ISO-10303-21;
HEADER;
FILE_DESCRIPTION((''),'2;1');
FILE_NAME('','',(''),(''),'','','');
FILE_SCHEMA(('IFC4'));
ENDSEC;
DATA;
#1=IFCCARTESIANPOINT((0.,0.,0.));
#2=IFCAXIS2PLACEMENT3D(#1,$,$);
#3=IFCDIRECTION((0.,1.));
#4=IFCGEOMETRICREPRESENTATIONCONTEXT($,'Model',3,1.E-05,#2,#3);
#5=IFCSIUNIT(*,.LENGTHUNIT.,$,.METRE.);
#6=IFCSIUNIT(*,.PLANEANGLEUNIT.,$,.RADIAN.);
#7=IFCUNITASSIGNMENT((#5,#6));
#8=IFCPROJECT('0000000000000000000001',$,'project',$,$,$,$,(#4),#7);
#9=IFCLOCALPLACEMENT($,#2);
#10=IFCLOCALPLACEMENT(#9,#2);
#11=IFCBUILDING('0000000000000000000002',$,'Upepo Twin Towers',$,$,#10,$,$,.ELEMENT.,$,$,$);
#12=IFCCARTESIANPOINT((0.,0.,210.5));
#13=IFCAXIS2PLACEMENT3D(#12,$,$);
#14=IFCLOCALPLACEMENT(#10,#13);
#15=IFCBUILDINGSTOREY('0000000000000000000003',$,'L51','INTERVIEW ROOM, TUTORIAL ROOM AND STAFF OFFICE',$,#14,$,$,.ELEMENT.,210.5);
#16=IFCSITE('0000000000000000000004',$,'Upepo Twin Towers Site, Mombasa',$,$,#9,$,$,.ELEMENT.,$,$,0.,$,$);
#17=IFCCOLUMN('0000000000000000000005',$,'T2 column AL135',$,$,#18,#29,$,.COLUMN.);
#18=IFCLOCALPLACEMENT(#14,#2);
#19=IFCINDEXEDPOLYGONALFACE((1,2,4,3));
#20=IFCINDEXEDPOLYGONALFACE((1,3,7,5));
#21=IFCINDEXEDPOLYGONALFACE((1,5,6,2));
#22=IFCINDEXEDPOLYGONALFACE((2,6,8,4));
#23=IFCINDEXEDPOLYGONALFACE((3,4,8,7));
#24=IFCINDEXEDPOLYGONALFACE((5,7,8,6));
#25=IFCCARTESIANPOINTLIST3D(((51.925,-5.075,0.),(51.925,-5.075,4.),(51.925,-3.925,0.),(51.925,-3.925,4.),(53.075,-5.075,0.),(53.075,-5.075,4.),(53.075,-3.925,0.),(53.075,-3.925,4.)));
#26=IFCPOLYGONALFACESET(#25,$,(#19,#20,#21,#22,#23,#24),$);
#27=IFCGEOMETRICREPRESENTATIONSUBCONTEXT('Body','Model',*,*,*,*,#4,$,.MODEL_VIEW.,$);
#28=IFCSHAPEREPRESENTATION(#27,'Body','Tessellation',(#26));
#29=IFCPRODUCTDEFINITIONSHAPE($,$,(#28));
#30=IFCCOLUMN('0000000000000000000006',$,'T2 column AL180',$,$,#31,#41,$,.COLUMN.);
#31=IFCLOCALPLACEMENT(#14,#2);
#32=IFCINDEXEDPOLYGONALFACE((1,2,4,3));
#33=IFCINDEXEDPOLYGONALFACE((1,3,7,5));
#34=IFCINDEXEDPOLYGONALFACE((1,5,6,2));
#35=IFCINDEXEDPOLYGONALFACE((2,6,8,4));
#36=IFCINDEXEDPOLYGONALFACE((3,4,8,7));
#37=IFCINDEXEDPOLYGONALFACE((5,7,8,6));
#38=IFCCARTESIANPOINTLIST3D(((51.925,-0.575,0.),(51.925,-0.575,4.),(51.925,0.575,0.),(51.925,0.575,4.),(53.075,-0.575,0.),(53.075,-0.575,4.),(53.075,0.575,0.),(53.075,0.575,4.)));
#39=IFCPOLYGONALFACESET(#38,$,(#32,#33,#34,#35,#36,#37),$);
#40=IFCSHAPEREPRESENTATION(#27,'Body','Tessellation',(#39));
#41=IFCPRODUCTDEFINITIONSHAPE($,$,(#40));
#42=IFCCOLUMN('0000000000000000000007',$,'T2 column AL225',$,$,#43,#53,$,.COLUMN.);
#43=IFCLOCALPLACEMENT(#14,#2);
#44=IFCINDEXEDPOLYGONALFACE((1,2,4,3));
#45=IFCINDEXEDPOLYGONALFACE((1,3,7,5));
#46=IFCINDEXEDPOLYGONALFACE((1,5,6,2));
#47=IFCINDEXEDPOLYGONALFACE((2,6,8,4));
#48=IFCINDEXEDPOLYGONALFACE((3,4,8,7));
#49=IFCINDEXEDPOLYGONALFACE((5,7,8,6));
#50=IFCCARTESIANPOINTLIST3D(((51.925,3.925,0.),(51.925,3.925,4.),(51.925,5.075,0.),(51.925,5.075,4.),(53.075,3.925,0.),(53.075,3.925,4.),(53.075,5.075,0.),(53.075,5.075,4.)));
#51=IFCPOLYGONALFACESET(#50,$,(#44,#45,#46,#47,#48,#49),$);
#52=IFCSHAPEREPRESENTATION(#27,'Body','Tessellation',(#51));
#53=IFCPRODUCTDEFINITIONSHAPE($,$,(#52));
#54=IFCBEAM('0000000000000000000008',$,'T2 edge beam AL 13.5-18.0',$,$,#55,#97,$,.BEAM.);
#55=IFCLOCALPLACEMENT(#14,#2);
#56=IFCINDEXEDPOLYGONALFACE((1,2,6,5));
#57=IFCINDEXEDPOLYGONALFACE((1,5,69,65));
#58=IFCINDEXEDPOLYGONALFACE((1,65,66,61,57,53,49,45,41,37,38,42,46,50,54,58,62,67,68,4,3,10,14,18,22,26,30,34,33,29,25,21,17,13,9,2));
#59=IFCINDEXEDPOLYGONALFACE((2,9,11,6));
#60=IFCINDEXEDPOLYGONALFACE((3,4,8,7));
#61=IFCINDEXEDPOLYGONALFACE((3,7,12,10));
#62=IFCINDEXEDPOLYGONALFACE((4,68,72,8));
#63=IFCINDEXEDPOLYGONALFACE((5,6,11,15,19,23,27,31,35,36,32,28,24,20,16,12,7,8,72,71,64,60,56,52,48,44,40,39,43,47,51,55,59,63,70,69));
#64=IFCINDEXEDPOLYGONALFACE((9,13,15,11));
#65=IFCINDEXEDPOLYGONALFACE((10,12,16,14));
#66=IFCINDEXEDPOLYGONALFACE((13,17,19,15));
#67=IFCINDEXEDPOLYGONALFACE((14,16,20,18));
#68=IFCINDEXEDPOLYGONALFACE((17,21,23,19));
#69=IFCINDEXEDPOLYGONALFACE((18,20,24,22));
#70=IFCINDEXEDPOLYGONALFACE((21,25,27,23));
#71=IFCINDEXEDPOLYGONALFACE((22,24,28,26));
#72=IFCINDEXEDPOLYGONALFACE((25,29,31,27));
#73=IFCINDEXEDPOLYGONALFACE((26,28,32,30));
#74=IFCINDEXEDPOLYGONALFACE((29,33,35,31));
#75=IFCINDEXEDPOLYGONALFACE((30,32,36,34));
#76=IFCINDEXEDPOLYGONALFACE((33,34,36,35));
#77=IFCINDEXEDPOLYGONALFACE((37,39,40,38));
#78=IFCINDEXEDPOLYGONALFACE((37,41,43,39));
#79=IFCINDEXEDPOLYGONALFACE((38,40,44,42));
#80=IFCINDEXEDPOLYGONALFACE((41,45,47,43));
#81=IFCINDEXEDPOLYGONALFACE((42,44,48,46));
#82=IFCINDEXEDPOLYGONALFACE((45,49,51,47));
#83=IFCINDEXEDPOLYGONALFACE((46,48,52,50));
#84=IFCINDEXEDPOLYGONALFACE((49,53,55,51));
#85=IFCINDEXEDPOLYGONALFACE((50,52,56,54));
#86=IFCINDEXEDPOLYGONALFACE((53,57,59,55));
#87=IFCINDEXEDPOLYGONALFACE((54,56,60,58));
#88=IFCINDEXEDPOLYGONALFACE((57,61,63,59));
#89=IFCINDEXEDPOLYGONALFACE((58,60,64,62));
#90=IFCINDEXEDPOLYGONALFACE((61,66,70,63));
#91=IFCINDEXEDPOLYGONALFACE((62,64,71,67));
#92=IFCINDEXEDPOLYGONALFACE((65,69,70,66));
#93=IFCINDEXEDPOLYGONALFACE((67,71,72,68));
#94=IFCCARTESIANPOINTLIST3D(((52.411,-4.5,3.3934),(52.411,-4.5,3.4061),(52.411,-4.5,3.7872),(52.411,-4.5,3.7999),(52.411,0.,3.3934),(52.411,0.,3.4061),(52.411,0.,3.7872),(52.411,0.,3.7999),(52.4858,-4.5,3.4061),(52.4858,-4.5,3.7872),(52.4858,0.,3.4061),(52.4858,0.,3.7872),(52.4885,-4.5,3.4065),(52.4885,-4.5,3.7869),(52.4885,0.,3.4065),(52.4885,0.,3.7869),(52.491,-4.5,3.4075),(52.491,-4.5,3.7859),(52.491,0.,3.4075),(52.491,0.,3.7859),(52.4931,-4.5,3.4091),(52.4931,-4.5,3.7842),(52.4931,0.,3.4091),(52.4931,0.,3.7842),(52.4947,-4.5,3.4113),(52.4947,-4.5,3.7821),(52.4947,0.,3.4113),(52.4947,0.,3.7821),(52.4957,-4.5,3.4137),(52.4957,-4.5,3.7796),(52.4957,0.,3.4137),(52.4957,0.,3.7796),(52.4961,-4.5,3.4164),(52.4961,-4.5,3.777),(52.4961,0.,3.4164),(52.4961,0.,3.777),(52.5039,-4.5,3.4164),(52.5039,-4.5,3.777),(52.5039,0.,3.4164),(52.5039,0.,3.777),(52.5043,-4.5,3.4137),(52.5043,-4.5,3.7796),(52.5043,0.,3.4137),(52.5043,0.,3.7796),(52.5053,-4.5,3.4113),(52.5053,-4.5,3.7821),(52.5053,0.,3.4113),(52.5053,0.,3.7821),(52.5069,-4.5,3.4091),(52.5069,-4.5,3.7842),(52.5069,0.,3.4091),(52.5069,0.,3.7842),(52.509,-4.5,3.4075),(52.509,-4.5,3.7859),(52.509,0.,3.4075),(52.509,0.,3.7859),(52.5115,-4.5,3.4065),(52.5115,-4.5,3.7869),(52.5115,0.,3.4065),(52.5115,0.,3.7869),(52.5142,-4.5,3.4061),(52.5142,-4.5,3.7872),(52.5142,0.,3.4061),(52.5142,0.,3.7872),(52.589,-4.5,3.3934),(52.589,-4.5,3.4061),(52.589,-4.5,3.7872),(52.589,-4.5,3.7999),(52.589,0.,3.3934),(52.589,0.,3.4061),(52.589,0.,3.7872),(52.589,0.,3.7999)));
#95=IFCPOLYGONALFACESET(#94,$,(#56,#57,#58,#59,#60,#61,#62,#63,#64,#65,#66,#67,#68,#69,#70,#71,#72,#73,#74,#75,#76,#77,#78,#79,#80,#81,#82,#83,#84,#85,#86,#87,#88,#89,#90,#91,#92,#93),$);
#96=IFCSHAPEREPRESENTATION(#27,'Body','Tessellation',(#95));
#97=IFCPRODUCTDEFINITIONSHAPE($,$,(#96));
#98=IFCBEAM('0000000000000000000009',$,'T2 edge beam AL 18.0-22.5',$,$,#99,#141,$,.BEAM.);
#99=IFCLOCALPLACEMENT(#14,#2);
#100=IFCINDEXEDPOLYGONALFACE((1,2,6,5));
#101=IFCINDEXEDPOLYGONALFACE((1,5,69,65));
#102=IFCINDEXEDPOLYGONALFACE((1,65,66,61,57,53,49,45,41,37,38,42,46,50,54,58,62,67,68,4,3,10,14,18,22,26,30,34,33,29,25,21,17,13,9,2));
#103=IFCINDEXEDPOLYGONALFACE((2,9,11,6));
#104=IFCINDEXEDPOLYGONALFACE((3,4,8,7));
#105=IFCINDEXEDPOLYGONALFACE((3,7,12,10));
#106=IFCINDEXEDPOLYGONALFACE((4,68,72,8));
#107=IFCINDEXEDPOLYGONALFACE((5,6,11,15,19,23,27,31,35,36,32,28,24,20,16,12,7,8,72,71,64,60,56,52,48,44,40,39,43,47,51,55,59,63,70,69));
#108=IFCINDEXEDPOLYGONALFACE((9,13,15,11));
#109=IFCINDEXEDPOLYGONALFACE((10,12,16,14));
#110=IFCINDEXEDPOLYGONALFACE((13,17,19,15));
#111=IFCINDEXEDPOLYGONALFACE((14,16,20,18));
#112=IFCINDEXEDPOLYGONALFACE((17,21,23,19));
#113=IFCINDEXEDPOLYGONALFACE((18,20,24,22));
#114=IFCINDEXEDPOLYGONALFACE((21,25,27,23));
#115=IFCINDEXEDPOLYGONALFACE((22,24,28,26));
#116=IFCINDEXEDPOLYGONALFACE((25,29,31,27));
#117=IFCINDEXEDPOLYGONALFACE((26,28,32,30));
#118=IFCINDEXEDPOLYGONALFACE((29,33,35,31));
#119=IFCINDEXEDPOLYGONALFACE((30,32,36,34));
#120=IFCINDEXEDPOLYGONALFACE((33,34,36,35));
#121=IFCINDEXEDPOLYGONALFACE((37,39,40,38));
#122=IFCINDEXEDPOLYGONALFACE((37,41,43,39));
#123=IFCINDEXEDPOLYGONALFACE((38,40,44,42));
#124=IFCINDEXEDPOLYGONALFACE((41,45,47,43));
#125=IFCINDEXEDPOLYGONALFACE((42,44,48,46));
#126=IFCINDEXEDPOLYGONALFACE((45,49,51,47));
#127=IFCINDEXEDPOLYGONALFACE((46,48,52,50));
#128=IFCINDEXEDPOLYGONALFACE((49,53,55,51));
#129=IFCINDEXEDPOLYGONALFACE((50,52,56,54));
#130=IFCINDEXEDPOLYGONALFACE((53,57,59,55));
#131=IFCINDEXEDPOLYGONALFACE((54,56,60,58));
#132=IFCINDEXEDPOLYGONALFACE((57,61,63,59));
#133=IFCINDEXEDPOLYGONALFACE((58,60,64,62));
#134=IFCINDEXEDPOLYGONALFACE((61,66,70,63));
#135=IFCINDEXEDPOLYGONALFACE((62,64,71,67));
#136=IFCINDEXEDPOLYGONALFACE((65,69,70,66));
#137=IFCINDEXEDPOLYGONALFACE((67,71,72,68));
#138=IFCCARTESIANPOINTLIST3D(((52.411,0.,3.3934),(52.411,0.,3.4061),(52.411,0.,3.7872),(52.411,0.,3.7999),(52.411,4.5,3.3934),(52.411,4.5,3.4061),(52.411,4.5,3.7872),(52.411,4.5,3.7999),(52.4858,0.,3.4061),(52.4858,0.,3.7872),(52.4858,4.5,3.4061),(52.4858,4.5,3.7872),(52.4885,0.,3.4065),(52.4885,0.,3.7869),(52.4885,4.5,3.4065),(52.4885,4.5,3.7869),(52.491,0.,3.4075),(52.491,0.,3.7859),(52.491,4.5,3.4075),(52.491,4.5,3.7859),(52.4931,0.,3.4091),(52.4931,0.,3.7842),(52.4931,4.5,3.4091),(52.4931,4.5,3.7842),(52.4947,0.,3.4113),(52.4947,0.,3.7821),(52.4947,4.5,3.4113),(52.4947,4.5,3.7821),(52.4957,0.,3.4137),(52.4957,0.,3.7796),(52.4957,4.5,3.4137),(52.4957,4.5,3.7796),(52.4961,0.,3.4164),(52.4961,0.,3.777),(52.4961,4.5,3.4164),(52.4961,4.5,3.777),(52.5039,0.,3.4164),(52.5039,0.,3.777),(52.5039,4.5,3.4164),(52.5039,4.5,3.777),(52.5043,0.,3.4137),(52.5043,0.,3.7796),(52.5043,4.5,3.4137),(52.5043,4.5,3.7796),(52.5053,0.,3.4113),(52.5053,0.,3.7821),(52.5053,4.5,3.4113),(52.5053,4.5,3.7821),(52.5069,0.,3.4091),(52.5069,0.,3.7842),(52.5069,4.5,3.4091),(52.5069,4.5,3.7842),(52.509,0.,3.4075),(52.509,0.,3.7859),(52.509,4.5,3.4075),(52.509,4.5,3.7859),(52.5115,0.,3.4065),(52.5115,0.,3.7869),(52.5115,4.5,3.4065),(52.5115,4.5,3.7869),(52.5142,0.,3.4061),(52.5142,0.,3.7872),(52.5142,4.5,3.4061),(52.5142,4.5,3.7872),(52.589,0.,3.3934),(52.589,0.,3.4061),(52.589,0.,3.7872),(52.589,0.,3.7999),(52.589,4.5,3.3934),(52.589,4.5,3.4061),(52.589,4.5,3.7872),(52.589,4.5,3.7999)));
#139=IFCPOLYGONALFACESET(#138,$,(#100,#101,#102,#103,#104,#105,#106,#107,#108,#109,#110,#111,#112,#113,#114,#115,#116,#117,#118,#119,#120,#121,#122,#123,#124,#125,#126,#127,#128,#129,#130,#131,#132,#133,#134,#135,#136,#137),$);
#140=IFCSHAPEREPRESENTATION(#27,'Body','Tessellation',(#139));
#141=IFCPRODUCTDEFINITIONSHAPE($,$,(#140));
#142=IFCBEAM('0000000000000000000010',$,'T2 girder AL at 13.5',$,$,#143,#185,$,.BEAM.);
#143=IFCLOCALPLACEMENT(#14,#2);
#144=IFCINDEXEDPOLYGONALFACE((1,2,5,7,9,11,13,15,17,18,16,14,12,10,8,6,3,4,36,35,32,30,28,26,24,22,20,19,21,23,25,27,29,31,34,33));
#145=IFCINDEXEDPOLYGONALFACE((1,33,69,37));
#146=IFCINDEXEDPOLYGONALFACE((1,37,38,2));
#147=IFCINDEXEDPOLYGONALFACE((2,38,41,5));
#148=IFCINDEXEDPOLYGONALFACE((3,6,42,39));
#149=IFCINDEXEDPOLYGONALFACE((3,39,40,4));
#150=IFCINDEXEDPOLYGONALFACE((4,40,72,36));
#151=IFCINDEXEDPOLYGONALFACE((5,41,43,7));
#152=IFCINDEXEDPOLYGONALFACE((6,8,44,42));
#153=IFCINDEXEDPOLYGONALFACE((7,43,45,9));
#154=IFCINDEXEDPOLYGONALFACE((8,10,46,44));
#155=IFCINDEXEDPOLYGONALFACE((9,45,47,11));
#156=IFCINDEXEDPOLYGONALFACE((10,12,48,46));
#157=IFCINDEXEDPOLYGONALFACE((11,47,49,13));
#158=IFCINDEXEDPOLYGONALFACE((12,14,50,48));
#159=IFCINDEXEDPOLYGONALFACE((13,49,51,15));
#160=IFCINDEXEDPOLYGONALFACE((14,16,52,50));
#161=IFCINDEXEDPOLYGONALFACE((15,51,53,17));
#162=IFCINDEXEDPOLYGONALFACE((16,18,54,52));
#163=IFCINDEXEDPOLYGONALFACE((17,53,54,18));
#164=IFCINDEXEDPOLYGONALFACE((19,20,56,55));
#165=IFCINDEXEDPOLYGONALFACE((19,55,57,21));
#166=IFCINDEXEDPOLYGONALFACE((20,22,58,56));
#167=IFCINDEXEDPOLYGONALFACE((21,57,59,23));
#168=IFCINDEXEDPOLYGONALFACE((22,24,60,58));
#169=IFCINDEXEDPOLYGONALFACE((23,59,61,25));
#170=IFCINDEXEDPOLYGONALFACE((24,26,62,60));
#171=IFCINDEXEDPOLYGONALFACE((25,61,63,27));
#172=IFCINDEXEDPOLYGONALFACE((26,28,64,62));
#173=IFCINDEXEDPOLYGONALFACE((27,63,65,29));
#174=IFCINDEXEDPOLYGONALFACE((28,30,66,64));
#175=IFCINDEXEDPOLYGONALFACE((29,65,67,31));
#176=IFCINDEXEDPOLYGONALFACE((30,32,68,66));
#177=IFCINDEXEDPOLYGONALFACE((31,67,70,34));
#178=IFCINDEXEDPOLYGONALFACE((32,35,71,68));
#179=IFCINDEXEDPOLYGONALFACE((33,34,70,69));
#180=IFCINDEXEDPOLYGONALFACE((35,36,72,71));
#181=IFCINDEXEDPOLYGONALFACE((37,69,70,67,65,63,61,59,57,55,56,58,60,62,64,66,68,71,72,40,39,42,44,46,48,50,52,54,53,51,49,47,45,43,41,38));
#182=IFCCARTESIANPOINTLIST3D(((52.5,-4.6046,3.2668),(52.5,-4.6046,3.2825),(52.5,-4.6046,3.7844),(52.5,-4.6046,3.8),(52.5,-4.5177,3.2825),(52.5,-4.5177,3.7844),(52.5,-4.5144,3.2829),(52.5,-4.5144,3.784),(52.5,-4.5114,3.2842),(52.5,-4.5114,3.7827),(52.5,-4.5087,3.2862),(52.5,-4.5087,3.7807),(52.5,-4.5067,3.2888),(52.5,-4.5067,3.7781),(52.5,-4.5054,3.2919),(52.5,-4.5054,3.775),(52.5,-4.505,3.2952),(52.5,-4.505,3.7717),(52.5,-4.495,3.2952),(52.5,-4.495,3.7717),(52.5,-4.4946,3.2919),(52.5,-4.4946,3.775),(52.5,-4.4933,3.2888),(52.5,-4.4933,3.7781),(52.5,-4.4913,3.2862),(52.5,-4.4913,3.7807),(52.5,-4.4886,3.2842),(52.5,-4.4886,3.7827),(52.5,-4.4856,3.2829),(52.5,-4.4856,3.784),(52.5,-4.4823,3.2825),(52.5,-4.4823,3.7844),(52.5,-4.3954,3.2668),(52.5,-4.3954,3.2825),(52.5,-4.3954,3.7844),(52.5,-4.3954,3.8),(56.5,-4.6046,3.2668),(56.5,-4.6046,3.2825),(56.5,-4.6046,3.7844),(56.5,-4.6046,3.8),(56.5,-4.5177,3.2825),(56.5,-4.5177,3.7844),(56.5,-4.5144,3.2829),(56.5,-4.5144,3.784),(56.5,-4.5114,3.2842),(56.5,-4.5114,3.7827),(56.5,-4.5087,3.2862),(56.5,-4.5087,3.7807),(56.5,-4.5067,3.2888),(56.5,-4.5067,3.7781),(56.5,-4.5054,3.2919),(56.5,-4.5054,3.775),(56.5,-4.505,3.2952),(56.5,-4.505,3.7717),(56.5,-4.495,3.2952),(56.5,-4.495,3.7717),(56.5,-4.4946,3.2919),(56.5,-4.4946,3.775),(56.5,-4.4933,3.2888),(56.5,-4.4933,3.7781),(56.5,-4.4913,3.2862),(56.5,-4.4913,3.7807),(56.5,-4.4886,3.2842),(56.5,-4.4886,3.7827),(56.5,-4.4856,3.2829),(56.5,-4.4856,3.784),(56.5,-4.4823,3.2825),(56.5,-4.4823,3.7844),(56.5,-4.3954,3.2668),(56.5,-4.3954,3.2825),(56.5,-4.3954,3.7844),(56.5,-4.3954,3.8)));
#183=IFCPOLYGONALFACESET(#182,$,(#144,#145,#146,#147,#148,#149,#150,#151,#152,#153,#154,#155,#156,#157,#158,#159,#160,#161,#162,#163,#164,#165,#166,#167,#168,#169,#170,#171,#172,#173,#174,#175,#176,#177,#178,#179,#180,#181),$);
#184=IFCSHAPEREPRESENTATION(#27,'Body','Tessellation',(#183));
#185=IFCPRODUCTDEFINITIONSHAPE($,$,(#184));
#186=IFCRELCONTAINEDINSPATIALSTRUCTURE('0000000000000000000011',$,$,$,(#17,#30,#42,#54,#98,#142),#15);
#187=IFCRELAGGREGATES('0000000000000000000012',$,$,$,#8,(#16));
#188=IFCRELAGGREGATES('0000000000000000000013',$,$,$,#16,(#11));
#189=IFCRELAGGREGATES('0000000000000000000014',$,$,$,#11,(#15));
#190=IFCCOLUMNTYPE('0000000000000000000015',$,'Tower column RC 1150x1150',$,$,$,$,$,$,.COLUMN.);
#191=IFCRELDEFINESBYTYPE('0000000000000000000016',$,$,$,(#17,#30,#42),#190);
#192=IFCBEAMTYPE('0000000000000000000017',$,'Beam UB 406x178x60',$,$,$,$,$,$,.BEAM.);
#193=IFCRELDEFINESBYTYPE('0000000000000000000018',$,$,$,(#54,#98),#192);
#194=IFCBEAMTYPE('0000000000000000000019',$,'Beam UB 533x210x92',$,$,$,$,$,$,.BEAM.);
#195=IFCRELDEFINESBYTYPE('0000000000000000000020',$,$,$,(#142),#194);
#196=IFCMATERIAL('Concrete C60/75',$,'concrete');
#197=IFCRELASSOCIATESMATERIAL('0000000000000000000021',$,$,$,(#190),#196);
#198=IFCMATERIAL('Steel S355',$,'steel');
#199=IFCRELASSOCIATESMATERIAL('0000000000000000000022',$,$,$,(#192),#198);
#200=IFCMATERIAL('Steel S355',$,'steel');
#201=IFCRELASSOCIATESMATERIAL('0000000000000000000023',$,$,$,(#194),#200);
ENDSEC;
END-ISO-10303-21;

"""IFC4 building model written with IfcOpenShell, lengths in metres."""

from ifc_helpers import new_model, si_unit, direction, frame, origin, origin_2d, place, context, subcontext, project, spatial, rectangle, i_section, extrude, material, material_profile, profile_set, type_object, element, save


model = new_model("IFC4")

# Units and contexts
model_context = context("Model", 3, precision=1e-05, world=origin(), true_north=direction((0.0, 1.0)))
body_context = subcontext(model_context, "Body", "Model", "MODEL_VIEW")
ifc_project = project(units=[si_unit("LENGTHUNIT", "METRE"), si_unit("PLANEANGLEUNIT", "RADIAN")], contexts=[model_context])

# Site, building, storey
site_placement = place(None, origin())
site = spatial("IfcSite", under=ifc_project, at=site_placement, Name="Upepo Twin Towers Site, Mombasa", CompositionType="ELEMENT", RefElevation=0.0)
building_placement = place(site_placement, origin())
building = spatial("IfcBuilding", under=site, at=building_placement, Name="Upepo Twin Towers", CompositionType="ELEMENT")
storey_placement = place(building_placement, frame((0.0, 0.0, 210.5)))
storey = spatial("IfcBuildingStorey", under=building, at=storey_placement, Name="L51", Description="INTERVIEW ROOM, TUTORIAL ROOM AND STAFF OFFICE", CompositionType="ELEMENT", Elevation=210.5)

# Columns
ifc_material_1 = material(Name="Concrete C60/75", Category="concrete")
ifc_material_profile_1 = material_profile(ifc_material_1, rectangle(XDim=1.1499, YDim=1.1499, at=origin_2d()), Name="RC 1150x1150")
ifc_profile_set_1 = profile_set([ifc_material_profile_1], Name="Concrete C60/75")
column_type = type_object("IfcColumnType", Name="Tower column RC 1150x1150", PredefinedType="COLUMN", material=ifc_profile_set_1)
for number, where, z_axis, x_axis, name in (
    (1, (52.5, -4.5, 0.0), (0.0, 0.0, 1.0), (1.0, 0.0, 0.0), "T2 column AL135"),
    (2, (52.5, 0.0, 0.0), (0.0, 0.0, 1.0), (1.0, 0.0, 0.0), "T2 column AL180"),
    (3, (52.5, 4.5, 0.0), (0.0, 0.0, 1.0), (1.0, 0.0, 0.0), "T2 column AL225"),
):
    element("IfcColumn", number, at=place(storey_placement, frame(where, z_axis=z_axis, x_axis=x_axis)), inside=storey, type_object=column_type, Name=name, PredefinedType="COLUMN", context=body_context, shape_type="SweptSolid", body=[
        extrude(rectangle(XDim=1.1499, YDim=1.1499, at=origin_2d()), origin(), (0.0, 0.0, 1.0), 4.0),
    ])

# Beams
ifc_material_2 = material(Name="Steel S355", Category="steel")
ifc_material_profile_2 = material_profile(ifc_material_2, i_section(OverallWidth=0.178, OverallDepth=0.4065, WebThickness=0.0078, FlangeThickness=0.0127, FilletRadius=0.0103, at=origin_2d()), Name="UB 406x178x60")
ifc_profile_set_2 = profile_set([ifc_material_profile_2], Name="Steel S355")
beam_type_1 = type_object("IfcBeamType", Name="Beam UB 406x178x60", PredefinedType="BEAM", material=ifc_profile_set_2)
for number, where, z_axis, x_axis, name in (
    (4, (52.5, -4.5, 3.5967), (0.0, 1.0, 0.0), (-1.0, 0.0, 0.0), "T2 edge beam AL 13.5-18.0"),
    (5, (52.5, 0.0, 3.5967), (0.0, 1.0, 0.0), (-1.0, 0.0, 0.0), "T2 edge beam AL 18.0-22.5"),
):
    element("IfcBeam", number, at=place(storey_placement, frame(where, z_axis=z_axis, x_axis=x_axis)), inside=storey, type_object=beam_type_1, Name=name, PredefinedType="BEAM", context=body_context, shape_type="SweptSolid", body=[
        extrude(i_section(OverallWidth=0.178, OverallDepth=0.4065, WebThickness=0.0078, FlangeThickness=0.0127, FilletRadius=0.0103, at=origin_2d()), origin(), (0.0, 0.0, 1.0), 4.5),
    ])
ifc_material_3 = material(Name="Steel S355", Category="steel")
ifc_material_profile_3 = material_profile(ifc_material_3, i_section(OverallWidth=0.2092, OverallDepth=0.5332, WebThickness=0.01, FlangeThickness=0.0156, FilletRadius=0.0127, at=origin_2d()), Name="UB 533x210x92")
ifc_profile_set_3 = profile_set([ifc_material_profile_3], Name="Steel S355")
beam_type_2 = type_object("IfcBeamType", Name="Beam UB 533x210x92", PredefinedType="BEAM", material=ifc_profile_set_3)
for number, where, z_axis, x_axis, name in (
    (6, (52.5, -4.5, 3.5334), (1.0, 0.0, 0.0), (0.0, 1.0, 0.0), "T2 girder AL at 13.5"),
):
    element("IfcBeam", number, at=place(storey_placement, frame(where, z_axis=z_axis, x_axis=x_axis)), inside=storey, type_object=beam_type_2, Name=name, PredefinedType="BEAM", context=body_context, shape_type="SweptSolid", body=[
        extrude(i_section(OverallWidth=0.2092, OverallDepth=0.5332, WebThickness=0.01, FlangeThickness=0.0156, FilletRadius=0.0127, at=origin_2d()), origin(), (0.0, 0.0, 1.0), 4.0),
    ])

save(model, "model.ifc")
